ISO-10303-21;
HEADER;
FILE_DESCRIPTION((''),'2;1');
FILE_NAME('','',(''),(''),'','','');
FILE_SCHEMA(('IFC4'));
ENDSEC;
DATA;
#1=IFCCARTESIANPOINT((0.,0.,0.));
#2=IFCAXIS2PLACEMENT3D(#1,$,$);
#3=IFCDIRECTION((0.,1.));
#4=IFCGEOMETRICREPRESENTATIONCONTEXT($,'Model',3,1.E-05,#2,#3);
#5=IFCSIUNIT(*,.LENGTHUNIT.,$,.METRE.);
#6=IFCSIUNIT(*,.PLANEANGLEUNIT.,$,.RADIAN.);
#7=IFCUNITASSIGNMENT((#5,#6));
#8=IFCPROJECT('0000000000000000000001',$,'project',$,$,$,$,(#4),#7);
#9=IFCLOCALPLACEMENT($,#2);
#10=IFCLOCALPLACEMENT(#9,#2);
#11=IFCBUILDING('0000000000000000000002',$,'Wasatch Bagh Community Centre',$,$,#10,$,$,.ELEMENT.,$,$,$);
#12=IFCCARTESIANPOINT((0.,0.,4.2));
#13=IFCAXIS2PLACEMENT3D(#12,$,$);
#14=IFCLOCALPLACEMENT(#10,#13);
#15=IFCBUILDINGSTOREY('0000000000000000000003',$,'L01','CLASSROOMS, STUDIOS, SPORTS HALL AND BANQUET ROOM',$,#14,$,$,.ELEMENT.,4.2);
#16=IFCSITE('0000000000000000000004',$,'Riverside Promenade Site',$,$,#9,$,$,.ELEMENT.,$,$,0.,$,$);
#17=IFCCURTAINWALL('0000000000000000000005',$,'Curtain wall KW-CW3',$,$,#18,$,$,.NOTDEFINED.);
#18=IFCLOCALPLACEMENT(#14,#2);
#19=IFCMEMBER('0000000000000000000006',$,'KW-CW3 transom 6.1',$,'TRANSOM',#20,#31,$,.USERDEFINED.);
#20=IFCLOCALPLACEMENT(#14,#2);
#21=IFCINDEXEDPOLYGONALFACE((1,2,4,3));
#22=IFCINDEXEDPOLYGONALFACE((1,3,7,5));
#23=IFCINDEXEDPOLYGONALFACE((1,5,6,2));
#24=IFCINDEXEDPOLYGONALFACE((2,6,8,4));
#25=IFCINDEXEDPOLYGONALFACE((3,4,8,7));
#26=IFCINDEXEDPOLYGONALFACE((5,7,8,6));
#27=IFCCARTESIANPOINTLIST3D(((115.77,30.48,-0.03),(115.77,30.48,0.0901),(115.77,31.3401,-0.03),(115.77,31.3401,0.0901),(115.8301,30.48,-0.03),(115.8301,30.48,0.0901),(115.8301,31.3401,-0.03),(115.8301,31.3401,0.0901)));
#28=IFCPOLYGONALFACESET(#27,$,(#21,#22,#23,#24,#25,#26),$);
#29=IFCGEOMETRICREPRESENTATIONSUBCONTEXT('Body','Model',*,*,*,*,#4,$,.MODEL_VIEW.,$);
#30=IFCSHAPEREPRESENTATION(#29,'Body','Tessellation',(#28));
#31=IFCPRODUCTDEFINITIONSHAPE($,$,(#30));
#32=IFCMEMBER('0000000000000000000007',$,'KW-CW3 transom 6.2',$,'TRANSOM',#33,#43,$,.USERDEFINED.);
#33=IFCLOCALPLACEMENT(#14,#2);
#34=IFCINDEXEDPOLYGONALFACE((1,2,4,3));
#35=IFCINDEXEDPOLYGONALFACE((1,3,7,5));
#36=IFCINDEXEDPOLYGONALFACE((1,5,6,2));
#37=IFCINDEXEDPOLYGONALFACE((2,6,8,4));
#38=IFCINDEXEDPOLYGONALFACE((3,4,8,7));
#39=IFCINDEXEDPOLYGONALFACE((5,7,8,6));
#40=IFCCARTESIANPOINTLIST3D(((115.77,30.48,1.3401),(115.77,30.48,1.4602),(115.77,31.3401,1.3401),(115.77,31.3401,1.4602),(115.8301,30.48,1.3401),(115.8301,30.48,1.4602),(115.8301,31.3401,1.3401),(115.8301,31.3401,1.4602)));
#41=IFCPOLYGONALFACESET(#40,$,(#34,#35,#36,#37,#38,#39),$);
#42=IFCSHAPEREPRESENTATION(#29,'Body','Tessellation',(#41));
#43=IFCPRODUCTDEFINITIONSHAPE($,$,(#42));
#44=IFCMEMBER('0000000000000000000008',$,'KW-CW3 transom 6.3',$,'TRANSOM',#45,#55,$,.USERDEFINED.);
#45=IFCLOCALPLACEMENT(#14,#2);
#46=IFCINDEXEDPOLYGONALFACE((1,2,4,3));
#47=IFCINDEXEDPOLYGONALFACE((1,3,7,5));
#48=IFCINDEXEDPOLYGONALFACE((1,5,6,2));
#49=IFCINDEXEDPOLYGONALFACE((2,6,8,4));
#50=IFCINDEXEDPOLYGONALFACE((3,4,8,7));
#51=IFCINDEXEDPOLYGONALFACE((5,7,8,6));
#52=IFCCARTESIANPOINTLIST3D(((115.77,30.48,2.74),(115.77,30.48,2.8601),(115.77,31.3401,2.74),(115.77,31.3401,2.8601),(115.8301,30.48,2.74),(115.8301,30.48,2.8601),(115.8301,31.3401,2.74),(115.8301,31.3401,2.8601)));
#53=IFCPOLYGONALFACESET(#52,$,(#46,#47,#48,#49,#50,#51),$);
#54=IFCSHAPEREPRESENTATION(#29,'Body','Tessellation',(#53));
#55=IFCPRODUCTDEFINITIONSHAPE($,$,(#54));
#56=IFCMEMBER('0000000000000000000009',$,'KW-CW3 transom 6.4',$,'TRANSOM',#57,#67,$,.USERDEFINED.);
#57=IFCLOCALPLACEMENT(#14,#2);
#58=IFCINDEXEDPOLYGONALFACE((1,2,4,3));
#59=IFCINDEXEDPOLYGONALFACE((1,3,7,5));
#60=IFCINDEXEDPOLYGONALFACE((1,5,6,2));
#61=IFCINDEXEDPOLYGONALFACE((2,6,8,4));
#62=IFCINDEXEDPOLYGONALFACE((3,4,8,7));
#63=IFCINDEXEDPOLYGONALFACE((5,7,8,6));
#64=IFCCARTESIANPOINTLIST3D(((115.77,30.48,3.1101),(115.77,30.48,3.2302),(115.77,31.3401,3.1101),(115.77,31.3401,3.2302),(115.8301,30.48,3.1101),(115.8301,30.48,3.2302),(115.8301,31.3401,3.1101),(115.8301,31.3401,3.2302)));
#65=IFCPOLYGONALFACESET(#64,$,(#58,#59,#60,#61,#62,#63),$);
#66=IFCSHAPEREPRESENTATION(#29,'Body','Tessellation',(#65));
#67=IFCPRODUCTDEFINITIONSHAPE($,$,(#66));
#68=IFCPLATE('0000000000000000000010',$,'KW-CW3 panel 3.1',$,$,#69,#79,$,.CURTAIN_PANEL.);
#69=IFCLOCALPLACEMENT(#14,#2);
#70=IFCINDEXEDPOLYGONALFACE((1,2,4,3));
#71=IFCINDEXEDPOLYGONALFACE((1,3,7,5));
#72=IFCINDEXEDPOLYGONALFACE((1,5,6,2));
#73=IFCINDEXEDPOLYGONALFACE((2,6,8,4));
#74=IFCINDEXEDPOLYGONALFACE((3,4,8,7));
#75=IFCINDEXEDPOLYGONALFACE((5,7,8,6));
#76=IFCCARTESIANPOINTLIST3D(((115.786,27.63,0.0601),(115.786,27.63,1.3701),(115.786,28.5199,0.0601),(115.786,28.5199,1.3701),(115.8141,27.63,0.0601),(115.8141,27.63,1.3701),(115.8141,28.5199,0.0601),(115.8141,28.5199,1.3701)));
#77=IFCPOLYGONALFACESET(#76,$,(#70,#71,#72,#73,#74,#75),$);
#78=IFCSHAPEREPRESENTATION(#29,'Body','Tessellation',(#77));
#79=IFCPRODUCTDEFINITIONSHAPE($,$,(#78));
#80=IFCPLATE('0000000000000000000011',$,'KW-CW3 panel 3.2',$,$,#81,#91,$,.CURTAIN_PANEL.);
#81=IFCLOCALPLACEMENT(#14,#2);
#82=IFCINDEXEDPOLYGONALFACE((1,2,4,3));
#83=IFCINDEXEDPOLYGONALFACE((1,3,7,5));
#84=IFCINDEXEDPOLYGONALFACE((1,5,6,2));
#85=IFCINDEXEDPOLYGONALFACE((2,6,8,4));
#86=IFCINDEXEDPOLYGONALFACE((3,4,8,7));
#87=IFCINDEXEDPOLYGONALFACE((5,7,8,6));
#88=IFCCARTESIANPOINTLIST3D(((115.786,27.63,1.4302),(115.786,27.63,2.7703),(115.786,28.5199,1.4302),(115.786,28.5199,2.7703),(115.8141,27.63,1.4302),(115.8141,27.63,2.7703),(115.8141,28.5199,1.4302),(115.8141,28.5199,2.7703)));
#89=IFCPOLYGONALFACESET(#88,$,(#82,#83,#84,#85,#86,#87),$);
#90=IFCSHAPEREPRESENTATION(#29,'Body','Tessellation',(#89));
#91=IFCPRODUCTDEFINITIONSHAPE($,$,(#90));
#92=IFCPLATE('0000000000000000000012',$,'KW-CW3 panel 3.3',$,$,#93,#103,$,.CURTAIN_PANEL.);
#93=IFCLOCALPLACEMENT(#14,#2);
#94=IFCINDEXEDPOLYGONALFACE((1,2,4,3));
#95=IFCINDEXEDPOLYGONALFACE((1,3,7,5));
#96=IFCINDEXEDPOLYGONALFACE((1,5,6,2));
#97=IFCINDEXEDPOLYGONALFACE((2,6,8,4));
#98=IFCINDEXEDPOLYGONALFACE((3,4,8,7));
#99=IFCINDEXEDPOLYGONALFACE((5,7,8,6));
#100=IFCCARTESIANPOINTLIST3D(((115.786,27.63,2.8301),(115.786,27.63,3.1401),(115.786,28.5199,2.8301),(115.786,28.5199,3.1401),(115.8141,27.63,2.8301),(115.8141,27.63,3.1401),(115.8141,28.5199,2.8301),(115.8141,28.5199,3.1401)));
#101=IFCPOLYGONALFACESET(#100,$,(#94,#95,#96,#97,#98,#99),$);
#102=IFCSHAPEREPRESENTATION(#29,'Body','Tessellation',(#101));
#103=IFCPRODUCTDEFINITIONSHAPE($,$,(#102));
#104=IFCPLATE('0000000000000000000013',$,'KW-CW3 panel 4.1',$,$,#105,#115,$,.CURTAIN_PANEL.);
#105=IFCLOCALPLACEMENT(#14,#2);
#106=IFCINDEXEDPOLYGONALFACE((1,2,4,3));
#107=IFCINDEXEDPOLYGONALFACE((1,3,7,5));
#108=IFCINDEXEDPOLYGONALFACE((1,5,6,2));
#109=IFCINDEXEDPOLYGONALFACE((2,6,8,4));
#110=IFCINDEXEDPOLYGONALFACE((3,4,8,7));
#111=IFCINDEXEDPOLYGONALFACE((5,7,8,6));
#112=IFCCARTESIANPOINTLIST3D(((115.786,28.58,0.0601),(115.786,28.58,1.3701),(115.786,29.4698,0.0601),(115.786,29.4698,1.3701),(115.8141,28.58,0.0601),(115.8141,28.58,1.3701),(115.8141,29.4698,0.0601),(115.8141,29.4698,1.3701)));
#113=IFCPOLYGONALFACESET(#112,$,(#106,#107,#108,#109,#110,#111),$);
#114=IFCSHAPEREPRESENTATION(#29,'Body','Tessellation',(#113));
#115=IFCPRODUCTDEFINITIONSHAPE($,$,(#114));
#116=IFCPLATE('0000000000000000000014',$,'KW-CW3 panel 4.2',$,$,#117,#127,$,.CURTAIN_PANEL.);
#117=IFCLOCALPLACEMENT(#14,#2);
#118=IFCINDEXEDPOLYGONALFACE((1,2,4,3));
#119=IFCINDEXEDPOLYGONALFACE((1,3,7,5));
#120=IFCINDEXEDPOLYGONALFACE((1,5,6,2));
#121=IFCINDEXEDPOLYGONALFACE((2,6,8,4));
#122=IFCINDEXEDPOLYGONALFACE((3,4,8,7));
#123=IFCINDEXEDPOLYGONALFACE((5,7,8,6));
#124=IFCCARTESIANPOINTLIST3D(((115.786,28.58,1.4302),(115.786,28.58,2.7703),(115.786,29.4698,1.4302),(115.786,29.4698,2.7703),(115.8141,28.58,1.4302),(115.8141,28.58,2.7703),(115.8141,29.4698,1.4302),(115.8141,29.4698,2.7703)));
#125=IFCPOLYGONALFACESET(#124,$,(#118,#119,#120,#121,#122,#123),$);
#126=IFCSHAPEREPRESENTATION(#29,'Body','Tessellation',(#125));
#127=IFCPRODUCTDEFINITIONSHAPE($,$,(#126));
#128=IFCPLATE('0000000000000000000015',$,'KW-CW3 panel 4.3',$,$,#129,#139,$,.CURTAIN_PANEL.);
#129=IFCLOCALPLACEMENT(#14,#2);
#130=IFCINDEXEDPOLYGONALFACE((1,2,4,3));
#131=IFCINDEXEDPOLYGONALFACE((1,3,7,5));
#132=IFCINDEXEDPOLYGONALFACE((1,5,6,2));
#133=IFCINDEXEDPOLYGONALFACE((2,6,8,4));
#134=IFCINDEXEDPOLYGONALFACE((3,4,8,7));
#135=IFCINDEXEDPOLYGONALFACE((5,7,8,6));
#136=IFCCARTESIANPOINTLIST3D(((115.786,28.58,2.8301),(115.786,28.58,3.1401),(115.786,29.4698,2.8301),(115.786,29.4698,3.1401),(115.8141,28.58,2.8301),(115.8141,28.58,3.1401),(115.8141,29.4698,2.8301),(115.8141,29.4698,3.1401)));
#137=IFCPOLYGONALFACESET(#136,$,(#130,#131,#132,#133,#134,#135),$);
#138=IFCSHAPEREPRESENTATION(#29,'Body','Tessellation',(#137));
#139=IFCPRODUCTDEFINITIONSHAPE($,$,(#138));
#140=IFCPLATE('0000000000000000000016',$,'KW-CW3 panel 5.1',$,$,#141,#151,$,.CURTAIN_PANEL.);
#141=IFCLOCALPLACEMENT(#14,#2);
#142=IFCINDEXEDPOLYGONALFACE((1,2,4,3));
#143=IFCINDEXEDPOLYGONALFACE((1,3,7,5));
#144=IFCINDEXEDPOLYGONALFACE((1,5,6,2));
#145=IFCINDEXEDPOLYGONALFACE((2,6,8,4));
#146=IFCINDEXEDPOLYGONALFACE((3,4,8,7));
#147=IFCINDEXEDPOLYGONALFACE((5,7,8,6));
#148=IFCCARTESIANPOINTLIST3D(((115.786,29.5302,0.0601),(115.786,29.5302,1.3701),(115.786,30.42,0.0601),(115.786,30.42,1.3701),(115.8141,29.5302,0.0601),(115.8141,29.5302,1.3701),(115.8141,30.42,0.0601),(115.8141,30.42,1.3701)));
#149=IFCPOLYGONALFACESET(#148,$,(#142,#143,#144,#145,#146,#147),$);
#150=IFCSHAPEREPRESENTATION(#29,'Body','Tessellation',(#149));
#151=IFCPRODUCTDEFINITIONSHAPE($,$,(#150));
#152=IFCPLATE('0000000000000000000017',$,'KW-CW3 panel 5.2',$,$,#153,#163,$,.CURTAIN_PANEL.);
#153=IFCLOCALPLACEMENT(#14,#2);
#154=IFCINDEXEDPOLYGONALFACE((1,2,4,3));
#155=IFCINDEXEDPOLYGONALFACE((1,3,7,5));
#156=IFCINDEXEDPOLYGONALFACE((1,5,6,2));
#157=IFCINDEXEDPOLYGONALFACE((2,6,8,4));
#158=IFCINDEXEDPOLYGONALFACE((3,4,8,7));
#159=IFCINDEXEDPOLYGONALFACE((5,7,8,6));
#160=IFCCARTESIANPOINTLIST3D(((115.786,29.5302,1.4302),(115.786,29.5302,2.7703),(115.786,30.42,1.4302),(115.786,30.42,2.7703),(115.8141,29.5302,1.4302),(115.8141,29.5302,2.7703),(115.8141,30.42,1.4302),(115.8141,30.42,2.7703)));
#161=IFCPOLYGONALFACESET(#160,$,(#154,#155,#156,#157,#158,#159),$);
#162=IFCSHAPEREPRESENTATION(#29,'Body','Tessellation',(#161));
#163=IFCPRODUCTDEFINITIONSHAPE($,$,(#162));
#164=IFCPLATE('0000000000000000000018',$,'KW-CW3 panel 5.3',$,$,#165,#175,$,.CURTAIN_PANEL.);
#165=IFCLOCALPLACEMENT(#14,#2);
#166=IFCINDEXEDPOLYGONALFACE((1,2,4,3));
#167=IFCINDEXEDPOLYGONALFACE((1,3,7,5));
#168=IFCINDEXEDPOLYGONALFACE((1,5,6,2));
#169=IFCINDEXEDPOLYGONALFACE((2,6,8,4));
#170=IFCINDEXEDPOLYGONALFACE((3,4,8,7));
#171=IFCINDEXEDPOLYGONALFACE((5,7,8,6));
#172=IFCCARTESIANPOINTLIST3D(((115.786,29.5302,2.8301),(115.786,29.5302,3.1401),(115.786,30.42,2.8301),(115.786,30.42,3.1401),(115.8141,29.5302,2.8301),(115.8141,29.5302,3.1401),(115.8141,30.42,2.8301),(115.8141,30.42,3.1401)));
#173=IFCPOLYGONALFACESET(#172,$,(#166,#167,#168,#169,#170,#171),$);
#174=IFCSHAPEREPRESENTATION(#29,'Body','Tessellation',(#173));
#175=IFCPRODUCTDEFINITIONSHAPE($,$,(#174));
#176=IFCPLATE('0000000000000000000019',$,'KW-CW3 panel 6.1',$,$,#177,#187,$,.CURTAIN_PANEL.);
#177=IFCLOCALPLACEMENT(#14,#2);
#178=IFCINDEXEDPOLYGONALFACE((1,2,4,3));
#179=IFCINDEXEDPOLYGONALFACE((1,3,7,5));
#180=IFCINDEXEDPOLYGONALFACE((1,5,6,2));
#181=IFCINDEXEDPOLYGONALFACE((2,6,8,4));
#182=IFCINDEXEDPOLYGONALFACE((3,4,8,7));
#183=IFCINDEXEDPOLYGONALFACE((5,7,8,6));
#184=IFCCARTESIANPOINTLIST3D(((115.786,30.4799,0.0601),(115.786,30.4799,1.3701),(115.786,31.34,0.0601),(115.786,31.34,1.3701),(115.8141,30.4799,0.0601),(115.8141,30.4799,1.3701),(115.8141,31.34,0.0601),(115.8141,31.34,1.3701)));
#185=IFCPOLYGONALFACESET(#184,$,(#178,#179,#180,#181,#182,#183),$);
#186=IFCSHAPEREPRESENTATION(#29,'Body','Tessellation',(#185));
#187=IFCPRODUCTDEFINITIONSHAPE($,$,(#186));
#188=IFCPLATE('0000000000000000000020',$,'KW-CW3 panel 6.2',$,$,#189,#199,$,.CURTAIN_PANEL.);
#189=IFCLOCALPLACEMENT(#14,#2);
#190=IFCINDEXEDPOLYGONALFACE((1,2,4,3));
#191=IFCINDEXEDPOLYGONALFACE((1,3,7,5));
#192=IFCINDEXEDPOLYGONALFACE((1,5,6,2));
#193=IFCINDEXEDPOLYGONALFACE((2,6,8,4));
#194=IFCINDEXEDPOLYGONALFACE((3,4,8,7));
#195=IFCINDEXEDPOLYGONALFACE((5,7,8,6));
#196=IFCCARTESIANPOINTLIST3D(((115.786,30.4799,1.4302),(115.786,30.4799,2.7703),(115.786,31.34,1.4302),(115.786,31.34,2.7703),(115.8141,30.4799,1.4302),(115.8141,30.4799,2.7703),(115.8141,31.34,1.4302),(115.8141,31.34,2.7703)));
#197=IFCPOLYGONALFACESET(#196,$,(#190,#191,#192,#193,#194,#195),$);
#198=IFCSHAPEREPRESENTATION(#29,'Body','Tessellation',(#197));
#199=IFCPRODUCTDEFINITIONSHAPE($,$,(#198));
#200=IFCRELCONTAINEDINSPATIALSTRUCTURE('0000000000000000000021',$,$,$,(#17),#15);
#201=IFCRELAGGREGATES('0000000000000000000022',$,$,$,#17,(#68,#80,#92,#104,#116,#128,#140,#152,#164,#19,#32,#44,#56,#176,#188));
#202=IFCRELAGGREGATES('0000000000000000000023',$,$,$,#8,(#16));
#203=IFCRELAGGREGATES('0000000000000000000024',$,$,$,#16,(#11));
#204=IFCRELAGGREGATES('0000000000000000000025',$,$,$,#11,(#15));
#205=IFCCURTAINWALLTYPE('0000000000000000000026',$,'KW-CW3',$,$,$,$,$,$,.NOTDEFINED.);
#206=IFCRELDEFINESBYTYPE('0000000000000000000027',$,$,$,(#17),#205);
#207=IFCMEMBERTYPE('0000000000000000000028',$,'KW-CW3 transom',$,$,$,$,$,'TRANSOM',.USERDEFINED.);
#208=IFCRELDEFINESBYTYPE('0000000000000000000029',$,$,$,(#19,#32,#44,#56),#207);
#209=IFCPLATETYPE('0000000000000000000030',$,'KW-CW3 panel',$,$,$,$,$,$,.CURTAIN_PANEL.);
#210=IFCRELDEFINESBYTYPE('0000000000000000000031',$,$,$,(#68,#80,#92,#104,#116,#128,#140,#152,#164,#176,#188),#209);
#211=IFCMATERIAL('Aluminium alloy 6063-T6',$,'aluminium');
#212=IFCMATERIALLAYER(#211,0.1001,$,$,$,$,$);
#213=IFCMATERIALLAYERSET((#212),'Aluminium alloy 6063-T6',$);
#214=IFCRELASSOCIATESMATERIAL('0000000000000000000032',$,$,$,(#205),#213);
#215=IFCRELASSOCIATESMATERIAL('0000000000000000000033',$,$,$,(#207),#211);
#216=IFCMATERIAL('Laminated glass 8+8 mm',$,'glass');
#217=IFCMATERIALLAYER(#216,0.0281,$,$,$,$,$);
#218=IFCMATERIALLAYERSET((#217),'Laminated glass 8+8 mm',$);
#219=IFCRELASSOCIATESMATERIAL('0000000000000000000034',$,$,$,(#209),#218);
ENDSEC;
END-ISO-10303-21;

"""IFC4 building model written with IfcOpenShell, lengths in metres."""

from ifc_helpers import new_model, si_unit, direction, frame, origin, origin_2d, place, context, subcontext, project, spatial, rectangle, extrude, material, layer, layer_set, material_profile, profile_set, type_object, element, aggregate, save


model = new_model("IFC4")

# Units and contexts
model_context = context("Model", 3, precision=1e-05, world=origin(), true_north=direction((0.0, 1.0)))
body_context = subcontext(model_context, "Body", "Model", "MODEL_VIEW")
ifc_project = project(units=[si_unit("LENGTHUNIT", "METRE"), si_unit("PLANEANGLEUNIT", "RADIAN")], contexts=[model_context])

# Site, building, storey
site_placement = place(None, origin())
site = spatial("IfcSite", under=ifc_project, at=site_placement, Name="Riverside Promenade Site", CompositionType="ELEMENT", RefElevation=0.0)
building_placement = place(site_placement, origin())
building = spatial("IfcBuilding", under=site, at=building_placement, Name="Wasatch Bagh Community Centre", CompositionType="ELEMENT")
storey_placement = place(building_placement, frame((0.0, 0.0, 4.2)))
storey = spatial("IfcBuildingStorey", under=building, at=storey_placement, Name="L01", Description="CLASSROOMS, STUDIOS, SPORTS HALL AND BANQUET ROOM", CompositionType="ELEMENT", Elevation=4.2)

# Curtain wall, members, plates
ifc_material_1 = material(Name="Aluminium alloy 6063-T6", Category="aluminium")
ifc_layer_1 = layer(ifc_material_1, 0.1001)
ifc_layer_set_1 = layer_set([ifc_layer_1], Name="Aluminium alloy 6063-T6")
curtain_wall_type = type_object("IfcCurtainWallType", Name="KW-CW3", PredefinedType="NOTDEFINED", material=ifc_layer_set_1)
curtain_wall_placement = place(storey_placement, origin())
curtain_wall = element("IfcCurtainWall", 1, at=curtain_wall_placement, inside=storey, type_object=curtain_wall_type, Name="Curtain wall KW-CW3", PredefinedType="NOTDEFINED")
ifc_material_profile_1 = material_profile(ifc_material_1, rectangle(XDim=0.0601, YDim=0.1201, at=origin_2d()), Name="AL 60x120")
ifc_profile_set_1 = profile_set([ifc_material_profile_1], Name="Aluminium alloy 6063-T6")
member_type_1 = type_object("IfcMemberType", Name="KW-CW3 transom", ElementType="TRANSOM", PredefinedType="USERDEFINED", material=ifc_profile_set_1)
member_1_placement = place(storey_placement, frame((115.8, 30.48, 0.03), z_axis=(0.0, 1.0, 0.0), x_axis=(-1.0, 0.0, 0.0)))
member_1 = element("IfcMember", 2, at=member_1_placement, type_object=member_type_1, Name="KW-CW3 transom 6.1", ObjectType="TRANSOM", PredefinedType="USERDEFINED", context=body_context, shape_type="SweptSolid", body=[
    extrude(rectangle(XDim=0.0601, YDim=0.1201, at=origin_2d()), origin(), (0.0, 0.0, 1.0), 0.8601),
])
member_2_placement = place(storey_placement, frame((115.8, 30.48, 1.4001), z_axis=(0.0, 1.0, 0.0), x_axis=(-1.0, 0.0, 0.0)))
member_2 = element("IfcMember", 3, at=member_2_placement, type_object=member_type_1, Name="KW-CW3 transom 6.2", ObjectType="TRANSOM", PredefinedType="USERDEFINED", context=body_context, shape_type="SweptSolid", body=[
    extrude(rectangle(XDim=0.0601, YDim=0.1201, at=origin_2d()), origin(), (0.0, 0.0, 1.0), 0.8601),
])
member_3_placement = place(storey_placement, frame((115.8, 30.48, 2.8), z_axis=(0.0, 1.0, 0.0), x_axis=(-1.0, 0.0, 0.0)))
member_3 = element("IfcMember", 4, at=member_3_placement, type_object=member_type_1, Name="KW-CW3 transom 6.3", ObjectType="TRANSOM", PredefinedType="USERDEFINED", context=body_context, shape_type="SweptSolid", body=[
    extrude(rectangle(XDim=0.0601, YDim=0.1201, at=origin_2d()), origin(), (0.0, 0.0, 1.0), 0.8601),
])
member_4_placement = place(storey_placement, frame((115.8, 30.48, 3.1702), z_axis=(0.0, 1.0, 0.0), x_axis=(-1.0, 0.0, 0.0)))
member_4 = element("IfcMember", 5, at=member_4_placement, type_object=member_type_1, Name="KW-CW3 transom 6.4", ObjectType="TRANSOM", PredefinedType="USERDEFINED", context=body_context, shape_type="SweptSolid", body=[
    extrude(rectangle(XDim=0.0601, YDim=0.1201, at=origin_2d()), origin(), (0.0, 0.0, 1.0), 0.8601),
])
ifc_material_2 = material(Name="Laminated glass 8+8 mm", Category="glass")
ifc_layer_2 = layer(ifc_material_2, 0.0281)
ifc_layer_set_2 = layer_set([ifc_layer_2], Name="Laminated glass 8+8 mm")
plate_type = type_object("IfcPlateType", Name="KW-CW3 panel", PredefinedType="CURTAIN_PANEL", material=ifc_layer_set_2)
plate_1_placement = place(storey_placement, frame((115.8, 28.075, 0.0601), z_axis=(0.0, 0.0, 1.0), x_axis=(0.0, 1.0, 0.0)))
plate_1 = element("IfcPlate", 6, at=plate_1_placement, type_object=plate_type, Name="KW-CW3 panel 3.1", PredefinedType="CURTAIN_PANEL", context=body_context, shape_type="SweptSolid", body=[
    extrude(rectangle(XDim=0.8899, YDim=0.0281, at=origin_2d()), origin(), (0.0, 0.0, 1.0), 1.3101),
])
plate_2_placement = place(storey_placement, frame((115.8, 28.075, 1.4302), z_axis=(0.0, 0.0, 1.0), x_axis=(0.0, 1.0, 0.0)))
plate_2 = element("IfcPlate", 7, at=plate_2_placement, type_object=plate_type, Name="KW-CW3 panel 3.2", PredefinedType="CURTAIN_PANEL", context=body_context, shape_type="SweptSolid", body=[
    extrude(rectangle(XDim=0.8899, YDim=0.0281, at=origin_2d()), origin(), (0.0, 0.0, 1.0), 1.3401),
])
plate_3_placement = place(storey_placement, frame((115.8, 28.075, 2.8301), z_axis=(0.0, 0.0, 1.0), x_axis=(0.0, 1.0, 0.0)))
plate_3 = element("IfcPlate", 8, at=plate_3_placement, type_object=plate_type, Name="KW-CW3 panel 3.3", PredefinedType="CURTAIN_PANEL", context=body_context, shape_type="SweptSolid", body=[
    extrude(rectangle(XDim=0.8899, YDim=0.0281, at=origin_2d()), origin(), (0.0, 0.0, 1.0), 0.3101),
])
plate_4_placement = place(storey_placement, frame((115.8, 29.0249, 0.0601), z_axis=(0.0, 0.0, 1.0), x_axis=(0.0, 1.0, 0.0)))
plate_4 = element("IfcPlate", 9, at=plate_4_placement, type_object=plate_type, Name="KW-CW3 panel 4.1", PredefinedType="CURTAIN_PANEL", context=body_context, shape_type="SweptSolid", body=[
    extrude(rectangle(XDim=0.8899, YDim=0.0281, at=origin_2d()), origin(), (0.0, 0.0, 1.0), 1.3101),
])
plate_5_placement = place(storey_placement, frame((115.8, 29.0249, 1.4302), z_axis=(0.0, 0.0, 1.0), x_axis=(0.0, 1.0, 0.0)))
plate_5 = element("IfcPlate", 10, at=plate_5_placement, type_object=plate_type, Name="KW-CW3 panel 4.2", PredefinedType="CURTAIN_PANEL", context=body_context, shape_type="SweptSolid", body=[
    extrude(rectangle(XDim=0.8899, YDim=0.0281, at=origin_2d()), origin(), (0.0, 0.0, 1.0), 1.3401),
])
plate_6_placement = place(storey_placement, frame((115.8, 29.0249, 2.8301), z_axis=(0.0, 0.0, 1.0), x_axis=(0.0, 1.0, 0.0)))
plate_6 = element("IfcPlate", 11, at=plate_6_placement, type_object=plate_type, Name="KW-CW3 panel 4.3", PredefinedType="CURTAIN_PANEL", context=body_context, shape_type="SweptSolid", body=[
    extrude(rectangle(XDim=0.8899, YDim=0.0281, at=origin_2d()), origin(), (0.0, 0.0, 1.0), 0.3101),
])
plate_7_placement = place(storey_placement, frame((115.8, 29.9751, 0.0601), z_axis=(0.0, 0.0, 1.0), x_axis=(0.0, 1.0, 0.0)))
plate_7 = element("IfcPlate", 12, at=plate_7_placement, type_object=plate_type, Name="KW-CW3 panel 5.1", PredefinedType="CURTAIN_PANEL", context=body_context, shape_type="SweptSolid", body=[
    extrude(rectangle(XDim=0.8899, YDim=0.0281, at=origin_2d()), origin(), (0.0, 0.0, 1.0), 1.3101),
])
plate_8_placement = place(storey_placement, frame((115.8, 29.9751, 1.4302), z_axis=(0.0, 0.0, 1.0), x_axis=(0.0, 1.0, 0.0)))
plate_8 = element("IfcPlate", 13, at=plate_8_placement, type_object=plate_type, Name="KW-CW3 panel 5.2", PredefinedType="CURTAIN_PANEL", context=body_context, shape_type="SweptSolid", body=[
    extrude(rectangle(XDim=0.8899, YDim=0.0281, at=origin_2d()), origin(), (0.0, 0.0, 1.0), 1.3401),
])
plate_9_placement = place(storey_placement, frame((115.8, 29.9751, 2.8301), z_axis=(0.0, 0.0, 1.0), x_axis=(0.0, 1.0, 0.0)))
plate_9 = element("IfcPlate", 14, at=plate_9_placement, type_object=plate_type, Name="KW-CW3 panel 5.3", PredefinedType="CURTAIN_PANEL", context=body_context, shape_type="SweptSolid", body=[
    extrude(rectangle(XDim=0.8899, YDim=0.0281, at=origin_2d()), origin(), (0.0, 0.0, 1.0), 0.3101),
])
plate_10_placement = place(storey_placement, frame((115.8, 30.9099, 0.0601), z_axis=(0.0, 0.0, 1.0), x_axis=(0.0, 1.0, 0.0)))
plate_10 = element("IfcPlate", 15, at=plate_10_placement, type_object=plate_type, Name="KW-CW3 panel 6.1", PredefinedType="CURTAIN_PANEL", context=body_context, shape_type="SweptSolid", body=[
    extrude(rectangle(XDim=0.8601, YDim=0.0281, at=origin_2d()), origin(), (0.0, 0.0, 1.0), 1.3101),
])
plate_11_placement = place(storey_placement, frame((115.8, 30.9099, 1.4302), z_axis=(0.0, 0.0, 1.0), x_axis=(0.0, 1.0, 0.0)))
plate_11 = element("IfcPlate", 16, at=plate_11_placement, type_object=plate_type, Name="KW-CW3 panel 6.2", PredefinedType="CURTAIN_PANEL", context=body_context, shape_type="SweptSolid", body=[
    extrude(rectangle(XDim=0.8601, YDim=0.0281, at=origin_2d()), origin(), (0.0, 0.0, 1.0), 1.3401),
])
aggregate(curtain_wall, [plate_1, plate_2, plate_3, plate_4, plate_5, plate_6, plate_7, plate_8, plate_9, member_1, member_2, member_3, member_4, plate_10, plate_11])

save(model, "model.ifc")
